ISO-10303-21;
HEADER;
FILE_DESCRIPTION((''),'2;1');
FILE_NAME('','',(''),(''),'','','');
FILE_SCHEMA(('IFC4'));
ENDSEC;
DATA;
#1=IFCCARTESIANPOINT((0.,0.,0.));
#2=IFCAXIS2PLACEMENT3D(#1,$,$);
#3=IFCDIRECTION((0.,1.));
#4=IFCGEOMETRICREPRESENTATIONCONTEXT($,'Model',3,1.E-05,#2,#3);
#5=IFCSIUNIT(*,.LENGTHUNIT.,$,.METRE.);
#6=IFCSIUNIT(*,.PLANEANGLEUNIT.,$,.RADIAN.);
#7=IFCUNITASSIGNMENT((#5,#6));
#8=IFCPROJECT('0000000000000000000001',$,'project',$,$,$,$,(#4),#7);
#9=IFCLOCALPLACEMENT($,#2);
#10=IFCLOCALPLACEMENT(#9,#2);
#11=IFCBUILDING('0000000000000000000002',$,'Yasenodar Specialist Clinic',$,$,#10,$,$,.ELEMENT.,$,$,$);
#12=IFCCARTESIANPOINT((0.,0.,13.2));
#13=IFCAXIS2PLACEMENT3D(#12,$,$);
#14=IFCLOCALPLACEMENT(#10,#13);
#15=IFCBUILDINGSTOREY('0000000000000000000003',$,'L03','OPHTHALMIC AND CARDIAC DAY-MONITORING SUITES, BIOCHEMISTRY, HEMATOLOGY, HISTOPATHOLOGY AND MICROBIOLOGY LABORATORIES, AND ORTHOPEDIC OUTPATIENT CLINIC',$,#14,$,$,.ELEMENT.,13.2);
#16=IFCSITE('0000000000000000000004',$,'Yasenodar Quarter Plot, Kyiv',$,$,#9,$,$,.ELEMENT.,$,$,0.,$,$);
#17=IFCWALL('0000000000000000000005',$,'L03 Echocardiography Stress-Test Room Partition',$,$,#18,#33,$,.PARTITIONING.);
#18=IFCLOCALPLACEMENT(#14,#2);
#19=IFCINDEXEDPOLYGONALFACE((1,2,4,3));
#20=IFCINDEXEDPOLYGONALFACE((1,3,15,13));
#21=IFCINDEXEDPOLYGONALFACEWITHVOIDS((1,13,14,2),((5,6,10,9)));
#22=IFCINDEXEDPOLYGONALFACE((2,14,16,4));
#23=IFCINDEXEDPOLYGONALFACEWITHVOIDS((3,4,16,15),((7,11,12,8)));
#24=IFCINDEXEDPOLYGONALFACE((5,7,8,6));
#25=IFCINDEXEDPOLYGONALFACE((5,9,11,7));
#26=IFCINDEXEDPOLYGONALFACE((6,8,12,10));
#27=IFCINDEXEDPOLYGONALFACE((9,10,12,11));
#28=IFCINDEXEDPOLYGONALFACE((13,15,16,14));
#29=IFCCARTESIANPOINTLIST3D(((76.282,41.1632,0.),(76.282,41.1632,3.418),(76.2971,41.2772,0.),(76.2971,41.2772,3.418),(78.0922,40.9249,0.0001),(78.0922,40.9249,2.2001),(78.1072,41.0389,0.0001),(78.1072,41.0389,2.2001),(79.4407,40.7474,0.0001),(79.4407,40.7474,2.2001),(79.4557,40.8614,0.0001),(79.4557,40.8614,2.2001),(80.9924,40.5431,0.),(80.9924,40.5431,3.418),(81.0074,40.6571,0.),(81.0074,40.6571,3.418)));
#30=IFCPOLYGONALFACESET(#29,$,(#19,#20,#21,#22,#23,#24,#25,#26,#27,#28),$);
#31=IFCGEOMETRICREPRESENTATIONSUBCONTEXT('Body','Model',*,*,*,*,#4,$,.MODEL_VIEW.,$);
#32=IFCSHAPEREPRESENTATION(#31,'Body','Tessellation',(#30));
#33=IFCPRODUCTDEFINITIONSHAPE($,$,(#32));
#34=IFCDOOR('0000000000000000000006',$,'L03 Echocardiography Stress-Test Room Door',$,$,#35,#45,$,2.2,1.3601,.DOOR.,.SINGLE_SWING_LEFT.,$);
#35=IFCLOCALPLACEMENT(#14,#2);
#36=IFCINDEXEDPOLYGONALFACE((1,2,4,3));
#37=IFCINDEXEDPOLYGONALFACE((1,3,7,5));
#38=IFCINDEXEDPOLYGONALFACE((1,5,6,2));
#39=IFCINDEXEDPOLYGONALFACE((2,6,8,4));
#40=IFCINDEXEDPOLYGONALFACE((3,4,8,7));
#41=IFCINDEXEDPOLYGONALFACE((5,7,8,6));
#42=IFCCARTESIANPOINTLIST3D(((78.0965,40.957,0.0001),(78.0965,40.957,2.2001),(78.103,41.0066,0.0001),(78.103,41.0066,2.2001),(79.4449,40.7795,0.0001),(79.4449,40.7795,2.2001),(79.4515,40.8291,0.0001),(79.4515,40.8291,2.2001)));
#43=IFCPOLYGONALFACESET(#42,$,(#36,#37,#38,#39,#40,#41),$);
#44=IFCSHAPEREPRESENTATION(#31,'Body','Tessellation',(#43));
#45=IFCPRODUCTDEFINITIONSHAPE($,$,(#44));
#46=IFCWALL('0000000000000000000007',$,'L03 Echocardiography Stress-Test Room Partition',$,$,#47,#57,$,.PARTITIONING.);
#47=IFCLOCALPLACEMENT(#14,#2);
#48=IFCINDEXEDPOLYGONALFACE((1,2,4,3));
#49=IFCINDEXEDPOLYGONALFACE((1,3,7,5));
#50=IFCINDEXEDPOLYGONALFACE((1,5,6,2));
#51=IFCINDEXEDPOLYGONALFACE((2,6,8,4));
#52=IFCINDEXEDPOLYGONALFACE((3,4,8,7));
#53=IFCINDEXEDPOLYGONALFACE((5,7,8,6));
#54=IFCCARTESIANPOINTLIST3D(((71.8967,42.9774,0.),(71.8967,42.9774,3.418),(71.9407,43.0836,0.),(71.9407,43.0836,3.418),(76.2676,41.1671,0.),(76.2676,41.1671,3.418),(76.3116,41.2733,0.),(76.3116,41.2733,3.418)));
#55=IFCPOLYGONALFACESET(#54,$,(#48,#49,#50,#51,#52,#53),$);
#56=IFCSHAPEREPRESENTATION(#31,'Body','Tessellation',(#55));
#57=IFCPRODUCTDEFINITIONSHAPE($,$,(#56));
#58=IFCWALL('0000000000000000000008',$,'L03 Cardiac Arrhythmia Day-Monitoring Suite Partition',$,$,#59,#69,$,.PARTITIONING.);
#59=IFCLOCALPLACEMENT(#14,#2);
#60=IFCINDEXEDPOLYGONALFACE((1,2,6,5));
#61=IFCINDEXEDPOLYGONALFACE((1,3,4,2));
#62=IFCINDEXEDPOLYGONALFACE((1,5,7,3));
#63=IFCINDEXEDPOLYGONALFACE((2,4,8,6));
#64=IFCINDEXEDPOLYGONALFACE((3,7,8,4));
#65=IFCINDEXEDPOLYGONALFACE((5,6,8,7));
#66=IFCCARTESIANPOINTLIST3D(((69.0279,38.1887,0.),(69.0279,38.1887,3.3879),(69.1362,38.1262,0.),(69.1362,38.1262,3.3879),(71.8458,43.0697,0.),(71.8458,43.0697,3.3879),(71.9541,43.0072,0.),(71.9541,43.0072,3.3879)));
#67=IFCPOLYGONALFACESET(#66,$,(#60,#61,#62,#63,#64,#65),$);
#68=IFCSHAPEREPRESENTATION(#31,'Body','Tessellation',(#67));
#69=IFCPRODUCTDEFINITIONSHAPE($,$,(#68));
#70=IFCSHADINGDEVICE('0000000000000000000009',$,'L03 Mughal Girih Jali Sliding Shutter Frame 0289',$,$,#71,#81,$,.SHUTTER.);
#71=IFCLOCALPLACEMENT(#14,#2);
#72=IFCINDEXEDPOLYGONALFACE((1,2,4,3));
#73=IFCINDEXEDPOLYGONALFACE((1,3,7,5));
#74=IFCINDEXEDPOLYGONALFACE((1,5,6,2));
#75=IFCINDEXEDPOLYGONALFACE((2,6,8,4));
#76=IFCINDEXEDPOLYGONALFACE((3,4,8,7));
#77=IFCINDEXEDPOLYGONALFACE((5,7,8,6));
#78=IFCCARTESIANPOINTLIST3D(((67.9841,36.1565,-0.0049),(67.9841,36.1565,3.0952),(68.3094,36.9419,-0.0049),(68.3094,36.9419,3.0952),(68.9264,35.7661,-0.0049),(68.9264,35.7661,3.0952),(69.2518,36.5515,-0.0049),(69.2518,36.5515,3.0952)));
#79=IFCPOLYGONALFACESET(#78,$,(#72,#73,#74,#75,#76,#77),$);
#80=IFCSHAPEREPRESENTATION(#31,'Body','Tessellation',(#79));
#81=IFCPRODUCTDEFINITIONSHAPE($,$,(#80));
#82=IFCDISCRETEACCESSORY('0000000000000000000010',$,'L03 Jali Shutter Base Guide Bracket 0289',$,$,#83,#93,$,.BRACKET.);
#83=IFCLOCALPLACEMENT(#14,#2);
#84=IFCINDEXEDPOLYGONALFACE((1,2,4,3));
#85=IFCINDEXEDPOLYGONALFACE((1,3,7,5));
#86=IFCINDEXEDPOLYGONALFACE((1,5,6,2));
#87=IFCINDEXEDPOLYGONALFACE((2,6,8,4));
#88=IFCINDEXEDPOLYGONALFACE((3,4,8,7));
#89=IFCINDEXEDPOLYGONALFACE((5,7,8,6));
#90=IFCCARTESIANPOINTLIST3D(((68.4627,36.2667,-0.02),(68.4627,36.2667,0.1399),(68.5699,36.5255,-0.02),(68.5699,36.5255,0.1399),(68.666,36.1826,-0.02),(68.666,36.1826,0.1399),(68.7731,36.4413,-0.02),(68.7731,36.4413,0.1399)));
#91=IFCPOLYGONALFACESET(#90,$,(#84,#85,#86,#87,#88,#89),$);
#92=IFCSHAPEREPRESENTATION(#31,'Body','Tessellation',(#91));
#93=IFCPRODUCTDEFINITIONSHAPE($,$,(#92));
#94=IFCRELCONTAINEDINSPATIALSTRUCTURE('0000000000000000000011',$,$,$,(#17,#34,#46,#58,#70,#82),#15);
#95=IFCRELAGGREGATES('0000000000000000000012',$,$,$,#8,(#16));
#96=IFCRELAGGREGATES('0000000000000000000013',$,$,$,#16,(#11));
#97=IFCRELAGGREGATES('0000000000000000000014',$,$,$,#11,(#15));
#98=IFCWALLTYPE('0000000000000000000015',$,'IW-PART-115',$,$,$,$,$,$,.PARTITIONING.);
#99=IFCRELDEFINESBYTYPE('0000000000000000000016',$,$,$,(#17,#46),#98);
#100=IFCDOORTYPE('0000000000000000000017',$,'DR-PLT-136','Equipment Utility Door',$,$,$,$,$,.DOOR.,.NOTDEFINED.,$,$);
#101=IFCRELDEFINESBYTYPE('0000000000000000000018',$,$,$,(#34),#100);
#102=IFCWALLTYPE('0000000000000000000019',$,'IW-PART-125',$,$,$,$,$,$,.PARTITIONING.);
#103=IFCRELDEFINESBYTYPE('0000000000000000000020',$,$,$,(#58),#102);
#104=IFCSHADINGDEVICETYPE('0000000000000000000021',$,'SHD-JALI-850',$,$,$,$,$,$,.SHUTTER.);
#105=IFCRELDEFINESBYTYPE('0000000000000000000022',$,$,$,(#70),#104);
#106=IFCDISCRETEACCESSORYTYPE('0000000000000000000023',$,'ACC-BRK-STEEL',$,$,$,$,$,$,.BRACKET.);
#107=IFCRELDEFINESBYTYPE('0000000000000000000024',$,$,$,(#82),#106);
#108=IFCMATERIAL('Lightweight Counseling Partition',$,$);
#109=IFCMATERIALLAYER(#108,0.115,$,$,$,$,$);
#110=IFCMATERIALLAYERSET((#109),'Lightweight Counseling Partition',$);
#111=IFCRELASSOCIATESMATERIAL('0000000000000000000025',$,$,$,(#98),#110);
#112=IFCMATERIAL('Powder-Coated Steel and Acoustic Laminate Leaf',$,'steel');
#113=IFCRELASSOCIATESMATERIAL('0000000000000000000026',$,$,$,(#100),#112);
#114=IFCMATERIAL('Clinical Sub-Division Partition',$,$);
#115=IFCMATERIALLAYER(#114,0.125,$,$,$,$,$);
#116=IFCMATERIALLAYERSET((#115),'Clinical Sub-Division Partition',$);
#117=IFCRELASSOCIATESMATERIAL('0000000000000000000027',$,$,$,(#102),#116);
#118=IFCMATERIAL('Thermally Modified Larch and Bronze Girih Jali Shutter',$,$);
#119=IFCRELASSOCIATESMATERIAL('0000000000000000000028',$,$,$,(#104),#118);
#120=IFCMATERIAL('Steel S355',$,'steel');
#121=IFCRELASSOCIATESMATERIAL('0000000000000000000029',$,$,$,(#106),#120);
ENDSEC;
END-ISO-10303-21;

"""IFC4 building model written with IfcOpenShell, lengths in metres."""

from ifc_helpers import new_model, si_unit, direction, frame, frame_2d, origin, origin_2d, place, context, subcontext, project, spatial, rectangle, extrude, material, layer, layer_set, type_object, element, fill, save


model = new_model("IFC4")

# Units and contexts
model_context = context("Model", 3, precision=1e-05, world=origin(), true_north=direction((0.0, 1.0)))
body_context = subcontext(model_context, "Body", "Model", "MODEL_VIEW")
ifc_project = project(units=[si_unit("LENGTHUNIT", "METRE"), si_unit("PLANEANGLEUNIT", "RADIAN")], contexts=[model_context])

# Site, building, storey
site_placement = place(None, origin())
site = spatial("IfcSite", under=ifc_project, at=site_placement, Name="Yasenodar Quarter Plot, Kyiv", CompositionType="ELEMENT", RefElevation=0.0)
building_placement = place(site_placement, origin())
building = spatial("IfcBuilding", under=site, at=building_placement, Name="Yasenodar Specialist Clinic", CompositionType="ELEMENT")
storey_placement = place(building_placement, frame((0.0, 0.0, 13.2)))
storey = spatial("IfcBuildingStorey", under=building, at=storey_placement, Name="L03", Description="OPHTHALMIC AND CARDIAC DAY-MONITORING SUITES, BIOCHEMISTRY, HEMATOLOGY, HISTOPATHOLOGY AND MICROBIOLOGY LABORATORIES, AND ORTHOPEDIC OUTPATIENT CLINIC", CompositionType="ELEMENT", Elevation=13.2)

# Shared definitions
ifc_material_1 = material(Name="Steel S355", Category="steel")

# Wall, opening, door
ifc_material_2 = material(Name="Lightweight Counseling Partition")
ifc_layer_1 = layer(ifc_material_2, 0.115)
ifc_layer_set_1 = layer_set([ifc_layer_1], Name="Lightweight Counseling Partition")
wall_type_1 = type_object("IfcWallType", Name="IW-PART-115", PredefinedType="PARTITIONING", material=ifc_layer_set_1)
wall_1_placement = place(storey_placement, frame((76.2896, 41.2202, 0.0), z_axis=(0.0, 0.0, 1.0), x_axis=(0.991446, -0.130521, 0.0)))
wall_1 = element("IfcWall", 1, at=wall_1_placement, inside=storey, type_object=wall_type_1, Name="L03 Echocardiography Stress-Test Room Partition", PredefinedType="PARTITIONING", context=body_context, shape_type="SweptSolid", body=[
    extrude(rectangle(XDim=4.751, YDim=0.115, at=frame_2d((2.3755, 0.0))), origin(), (0.0, 0.0, 1.0), 3.418),
])
opening_1_placement = place(wall_1_placement, frame((1.8257, 0.0, 0.0)))
opening_1 = element("IfcOpeningElement", 2, at=opening_1_placement, cuts=wall_1, PredefinedType="OPENING", context=body_context, shape_type="SweptSolid", body=[
    extrude(rectangle(XDim=1.3601, YDim=2.2, at=frame_2d((0.6802, 1.1001))), frame((0.0, 0.0674, 0.0), z_axis=(0.0, -1.0, 0.0), x_axis=(1.0, 0.0, 0.0)), (0.0, 0.0, 1.0), 0.135),
])
ifc_material_3 = material(Name="Powder-Coated Steel and Acoustic Laminate Leaf", Category="steel")
door_type_1 = type_object("IfcDoorType", Name="DR-PLT-136", Description="Equipment Utility Door", OperationType="NOTDEFINED", PredefinedType="DOOR", material=ifc_material_3)
door_1_placement = place(opening_1_placement, origin())
door_1 = element("IfcDoor", 3, at=door_1_placement, inside=storey, type_object=door_type_1, Name="L03 Echocardiography Stress-Test Room Door", OperationType="SINGLE_SWING_LEFT", OverallHeight=2.2, OverallWidth=1.3601, PredefinedType="DOOR", context=body_context, shape_type="SweptSolid", body=[
    extrude(rectangle(XDim=1.3601, YDim=2.2, at=frame_2d((0.6802, 1.1001))), frame((0.0, 0.0249, 0.0), z_axis=(0.0, -1.0, 0.0), x_axis=(1.0, 0.0, 0.0)), (0.0, 0.0, 1.0), 0.05),
])
fill(opening_1, door_1)

# Walls
wall_2_placement = place(storey_placement, frame((71.9187, 43.0305, 0.0), z_axis=(0.0, 0.0, 1.0), x_axis=(0.923892, -0.382654, 0.0)))
element("IfcWall", 4, at=wall_2_placement, inside=storey, type_object=wall_type_1, Name="L03 Echocardiography Stress-Test Room Partition", PredefinedType="PARTITIONING", context=body_context, shape_type="SweptSolid", body=[
    extrude(rectangle(XDim=4.731, YDim=0.115, at=frame_2d((2.3655, 0.0))), origin(), (0.0, 0.0, 1.0), 3.418),
])
ifc_material_4 = material(Name="Clinical Sub-Division Partition")
ifc_layer_2 = layer(ifc_material_4, 0.125)
ifc_layer_set_2 = layer_set([ifc_layer_2], Name="Clinical Sub-Division Partition")
wall_type_2 = type_object("IfcWallType", Name="IW-PART-125", PredefinedType="PARTITIONING", material=ifc_layer_set_2)
wall_3_placement = place(storey_placement, frame((71.8999, 43.0383, 0.0), z_axis=(0.0, 0.0, 1.0), x_axis=(-0.499987, -0.866033, 0.0)))
element("IfcWall", 5, at=wall_3_placement, inside=storey, type_object=wall_type_2, Name="L03 Cardiac Arrhythmia Day-Monitoring Suite Partition", PredefinedType="PARTITIONING", context=body_context, shape_type="SweptSolid", body=[
    extrude(rectangle(XDim=5.636, YDim=0.125, at=frame_2d((2.8179, 0.0))), origin(), (0.0, 0.0, 1.0), 3.3879),
])

# Shading device
ifc_material_5 = material(Name="Thermally Modified Larch and Bronze Girih Jali Shutter")
shading_device_type = type_object("IfcShadingDeviceType", Name="SHD-JALI-850", PredefinedType="SHUTTER", material=ifc_material_5)
shading_device_placement = place(storey_placement, frame((68.6179, 36.354, -0.0049), z_axis=(0.0, 0.0, 1.0), x_axis=(0.923878, -0.382687, 0.0)))
element("IfcShadingDevice", 6, at=shading_device_placement, inside=storey, type_object=shading_device_type, Name="L03 Mughal Girih Jali Sliding Shutter Frame 0289", PredefinedType="SHUTTER", context=body_context, shape_type="SweptSolid", body=[
    extrude(rectangle(XDim=1.02, YDim=0.8501, at=origin_2d()), origin(), (0.0, 0.0, 1.0), 3.1001),
])

# Discrete accessory
discrete_accessory_type = type_object("IfcDiscreteAccessoryType", Name="ACC-BRK-STEEL", PredefinedType="BRACKET", material=ifc_material_1)
discrete_accessory_placement = place(storey_placement, frame((68.6179, 36.354, -0.02), z_axis=(0.0, 0.0, 1.0), x_axis=(0.923878, -0.382687, 0.0)))
element("IfcDiscreteAccessory", 7, at=discrete_accessory_placement, inside=storey, type_object=discrete_accessory_type, Name="L03 Jali Shutter Base Guide Bracket 0289", PredefinedType="BRACKET", context=body_context, shape_type="SweptSolid", body=[
    extrude(rectangle(XDim=0.22, YDim=0.28, at=origin_2d()), origin(), (0.0, 0.0, 1.0), 0.1599),
])

save(model, "model.ifc")
